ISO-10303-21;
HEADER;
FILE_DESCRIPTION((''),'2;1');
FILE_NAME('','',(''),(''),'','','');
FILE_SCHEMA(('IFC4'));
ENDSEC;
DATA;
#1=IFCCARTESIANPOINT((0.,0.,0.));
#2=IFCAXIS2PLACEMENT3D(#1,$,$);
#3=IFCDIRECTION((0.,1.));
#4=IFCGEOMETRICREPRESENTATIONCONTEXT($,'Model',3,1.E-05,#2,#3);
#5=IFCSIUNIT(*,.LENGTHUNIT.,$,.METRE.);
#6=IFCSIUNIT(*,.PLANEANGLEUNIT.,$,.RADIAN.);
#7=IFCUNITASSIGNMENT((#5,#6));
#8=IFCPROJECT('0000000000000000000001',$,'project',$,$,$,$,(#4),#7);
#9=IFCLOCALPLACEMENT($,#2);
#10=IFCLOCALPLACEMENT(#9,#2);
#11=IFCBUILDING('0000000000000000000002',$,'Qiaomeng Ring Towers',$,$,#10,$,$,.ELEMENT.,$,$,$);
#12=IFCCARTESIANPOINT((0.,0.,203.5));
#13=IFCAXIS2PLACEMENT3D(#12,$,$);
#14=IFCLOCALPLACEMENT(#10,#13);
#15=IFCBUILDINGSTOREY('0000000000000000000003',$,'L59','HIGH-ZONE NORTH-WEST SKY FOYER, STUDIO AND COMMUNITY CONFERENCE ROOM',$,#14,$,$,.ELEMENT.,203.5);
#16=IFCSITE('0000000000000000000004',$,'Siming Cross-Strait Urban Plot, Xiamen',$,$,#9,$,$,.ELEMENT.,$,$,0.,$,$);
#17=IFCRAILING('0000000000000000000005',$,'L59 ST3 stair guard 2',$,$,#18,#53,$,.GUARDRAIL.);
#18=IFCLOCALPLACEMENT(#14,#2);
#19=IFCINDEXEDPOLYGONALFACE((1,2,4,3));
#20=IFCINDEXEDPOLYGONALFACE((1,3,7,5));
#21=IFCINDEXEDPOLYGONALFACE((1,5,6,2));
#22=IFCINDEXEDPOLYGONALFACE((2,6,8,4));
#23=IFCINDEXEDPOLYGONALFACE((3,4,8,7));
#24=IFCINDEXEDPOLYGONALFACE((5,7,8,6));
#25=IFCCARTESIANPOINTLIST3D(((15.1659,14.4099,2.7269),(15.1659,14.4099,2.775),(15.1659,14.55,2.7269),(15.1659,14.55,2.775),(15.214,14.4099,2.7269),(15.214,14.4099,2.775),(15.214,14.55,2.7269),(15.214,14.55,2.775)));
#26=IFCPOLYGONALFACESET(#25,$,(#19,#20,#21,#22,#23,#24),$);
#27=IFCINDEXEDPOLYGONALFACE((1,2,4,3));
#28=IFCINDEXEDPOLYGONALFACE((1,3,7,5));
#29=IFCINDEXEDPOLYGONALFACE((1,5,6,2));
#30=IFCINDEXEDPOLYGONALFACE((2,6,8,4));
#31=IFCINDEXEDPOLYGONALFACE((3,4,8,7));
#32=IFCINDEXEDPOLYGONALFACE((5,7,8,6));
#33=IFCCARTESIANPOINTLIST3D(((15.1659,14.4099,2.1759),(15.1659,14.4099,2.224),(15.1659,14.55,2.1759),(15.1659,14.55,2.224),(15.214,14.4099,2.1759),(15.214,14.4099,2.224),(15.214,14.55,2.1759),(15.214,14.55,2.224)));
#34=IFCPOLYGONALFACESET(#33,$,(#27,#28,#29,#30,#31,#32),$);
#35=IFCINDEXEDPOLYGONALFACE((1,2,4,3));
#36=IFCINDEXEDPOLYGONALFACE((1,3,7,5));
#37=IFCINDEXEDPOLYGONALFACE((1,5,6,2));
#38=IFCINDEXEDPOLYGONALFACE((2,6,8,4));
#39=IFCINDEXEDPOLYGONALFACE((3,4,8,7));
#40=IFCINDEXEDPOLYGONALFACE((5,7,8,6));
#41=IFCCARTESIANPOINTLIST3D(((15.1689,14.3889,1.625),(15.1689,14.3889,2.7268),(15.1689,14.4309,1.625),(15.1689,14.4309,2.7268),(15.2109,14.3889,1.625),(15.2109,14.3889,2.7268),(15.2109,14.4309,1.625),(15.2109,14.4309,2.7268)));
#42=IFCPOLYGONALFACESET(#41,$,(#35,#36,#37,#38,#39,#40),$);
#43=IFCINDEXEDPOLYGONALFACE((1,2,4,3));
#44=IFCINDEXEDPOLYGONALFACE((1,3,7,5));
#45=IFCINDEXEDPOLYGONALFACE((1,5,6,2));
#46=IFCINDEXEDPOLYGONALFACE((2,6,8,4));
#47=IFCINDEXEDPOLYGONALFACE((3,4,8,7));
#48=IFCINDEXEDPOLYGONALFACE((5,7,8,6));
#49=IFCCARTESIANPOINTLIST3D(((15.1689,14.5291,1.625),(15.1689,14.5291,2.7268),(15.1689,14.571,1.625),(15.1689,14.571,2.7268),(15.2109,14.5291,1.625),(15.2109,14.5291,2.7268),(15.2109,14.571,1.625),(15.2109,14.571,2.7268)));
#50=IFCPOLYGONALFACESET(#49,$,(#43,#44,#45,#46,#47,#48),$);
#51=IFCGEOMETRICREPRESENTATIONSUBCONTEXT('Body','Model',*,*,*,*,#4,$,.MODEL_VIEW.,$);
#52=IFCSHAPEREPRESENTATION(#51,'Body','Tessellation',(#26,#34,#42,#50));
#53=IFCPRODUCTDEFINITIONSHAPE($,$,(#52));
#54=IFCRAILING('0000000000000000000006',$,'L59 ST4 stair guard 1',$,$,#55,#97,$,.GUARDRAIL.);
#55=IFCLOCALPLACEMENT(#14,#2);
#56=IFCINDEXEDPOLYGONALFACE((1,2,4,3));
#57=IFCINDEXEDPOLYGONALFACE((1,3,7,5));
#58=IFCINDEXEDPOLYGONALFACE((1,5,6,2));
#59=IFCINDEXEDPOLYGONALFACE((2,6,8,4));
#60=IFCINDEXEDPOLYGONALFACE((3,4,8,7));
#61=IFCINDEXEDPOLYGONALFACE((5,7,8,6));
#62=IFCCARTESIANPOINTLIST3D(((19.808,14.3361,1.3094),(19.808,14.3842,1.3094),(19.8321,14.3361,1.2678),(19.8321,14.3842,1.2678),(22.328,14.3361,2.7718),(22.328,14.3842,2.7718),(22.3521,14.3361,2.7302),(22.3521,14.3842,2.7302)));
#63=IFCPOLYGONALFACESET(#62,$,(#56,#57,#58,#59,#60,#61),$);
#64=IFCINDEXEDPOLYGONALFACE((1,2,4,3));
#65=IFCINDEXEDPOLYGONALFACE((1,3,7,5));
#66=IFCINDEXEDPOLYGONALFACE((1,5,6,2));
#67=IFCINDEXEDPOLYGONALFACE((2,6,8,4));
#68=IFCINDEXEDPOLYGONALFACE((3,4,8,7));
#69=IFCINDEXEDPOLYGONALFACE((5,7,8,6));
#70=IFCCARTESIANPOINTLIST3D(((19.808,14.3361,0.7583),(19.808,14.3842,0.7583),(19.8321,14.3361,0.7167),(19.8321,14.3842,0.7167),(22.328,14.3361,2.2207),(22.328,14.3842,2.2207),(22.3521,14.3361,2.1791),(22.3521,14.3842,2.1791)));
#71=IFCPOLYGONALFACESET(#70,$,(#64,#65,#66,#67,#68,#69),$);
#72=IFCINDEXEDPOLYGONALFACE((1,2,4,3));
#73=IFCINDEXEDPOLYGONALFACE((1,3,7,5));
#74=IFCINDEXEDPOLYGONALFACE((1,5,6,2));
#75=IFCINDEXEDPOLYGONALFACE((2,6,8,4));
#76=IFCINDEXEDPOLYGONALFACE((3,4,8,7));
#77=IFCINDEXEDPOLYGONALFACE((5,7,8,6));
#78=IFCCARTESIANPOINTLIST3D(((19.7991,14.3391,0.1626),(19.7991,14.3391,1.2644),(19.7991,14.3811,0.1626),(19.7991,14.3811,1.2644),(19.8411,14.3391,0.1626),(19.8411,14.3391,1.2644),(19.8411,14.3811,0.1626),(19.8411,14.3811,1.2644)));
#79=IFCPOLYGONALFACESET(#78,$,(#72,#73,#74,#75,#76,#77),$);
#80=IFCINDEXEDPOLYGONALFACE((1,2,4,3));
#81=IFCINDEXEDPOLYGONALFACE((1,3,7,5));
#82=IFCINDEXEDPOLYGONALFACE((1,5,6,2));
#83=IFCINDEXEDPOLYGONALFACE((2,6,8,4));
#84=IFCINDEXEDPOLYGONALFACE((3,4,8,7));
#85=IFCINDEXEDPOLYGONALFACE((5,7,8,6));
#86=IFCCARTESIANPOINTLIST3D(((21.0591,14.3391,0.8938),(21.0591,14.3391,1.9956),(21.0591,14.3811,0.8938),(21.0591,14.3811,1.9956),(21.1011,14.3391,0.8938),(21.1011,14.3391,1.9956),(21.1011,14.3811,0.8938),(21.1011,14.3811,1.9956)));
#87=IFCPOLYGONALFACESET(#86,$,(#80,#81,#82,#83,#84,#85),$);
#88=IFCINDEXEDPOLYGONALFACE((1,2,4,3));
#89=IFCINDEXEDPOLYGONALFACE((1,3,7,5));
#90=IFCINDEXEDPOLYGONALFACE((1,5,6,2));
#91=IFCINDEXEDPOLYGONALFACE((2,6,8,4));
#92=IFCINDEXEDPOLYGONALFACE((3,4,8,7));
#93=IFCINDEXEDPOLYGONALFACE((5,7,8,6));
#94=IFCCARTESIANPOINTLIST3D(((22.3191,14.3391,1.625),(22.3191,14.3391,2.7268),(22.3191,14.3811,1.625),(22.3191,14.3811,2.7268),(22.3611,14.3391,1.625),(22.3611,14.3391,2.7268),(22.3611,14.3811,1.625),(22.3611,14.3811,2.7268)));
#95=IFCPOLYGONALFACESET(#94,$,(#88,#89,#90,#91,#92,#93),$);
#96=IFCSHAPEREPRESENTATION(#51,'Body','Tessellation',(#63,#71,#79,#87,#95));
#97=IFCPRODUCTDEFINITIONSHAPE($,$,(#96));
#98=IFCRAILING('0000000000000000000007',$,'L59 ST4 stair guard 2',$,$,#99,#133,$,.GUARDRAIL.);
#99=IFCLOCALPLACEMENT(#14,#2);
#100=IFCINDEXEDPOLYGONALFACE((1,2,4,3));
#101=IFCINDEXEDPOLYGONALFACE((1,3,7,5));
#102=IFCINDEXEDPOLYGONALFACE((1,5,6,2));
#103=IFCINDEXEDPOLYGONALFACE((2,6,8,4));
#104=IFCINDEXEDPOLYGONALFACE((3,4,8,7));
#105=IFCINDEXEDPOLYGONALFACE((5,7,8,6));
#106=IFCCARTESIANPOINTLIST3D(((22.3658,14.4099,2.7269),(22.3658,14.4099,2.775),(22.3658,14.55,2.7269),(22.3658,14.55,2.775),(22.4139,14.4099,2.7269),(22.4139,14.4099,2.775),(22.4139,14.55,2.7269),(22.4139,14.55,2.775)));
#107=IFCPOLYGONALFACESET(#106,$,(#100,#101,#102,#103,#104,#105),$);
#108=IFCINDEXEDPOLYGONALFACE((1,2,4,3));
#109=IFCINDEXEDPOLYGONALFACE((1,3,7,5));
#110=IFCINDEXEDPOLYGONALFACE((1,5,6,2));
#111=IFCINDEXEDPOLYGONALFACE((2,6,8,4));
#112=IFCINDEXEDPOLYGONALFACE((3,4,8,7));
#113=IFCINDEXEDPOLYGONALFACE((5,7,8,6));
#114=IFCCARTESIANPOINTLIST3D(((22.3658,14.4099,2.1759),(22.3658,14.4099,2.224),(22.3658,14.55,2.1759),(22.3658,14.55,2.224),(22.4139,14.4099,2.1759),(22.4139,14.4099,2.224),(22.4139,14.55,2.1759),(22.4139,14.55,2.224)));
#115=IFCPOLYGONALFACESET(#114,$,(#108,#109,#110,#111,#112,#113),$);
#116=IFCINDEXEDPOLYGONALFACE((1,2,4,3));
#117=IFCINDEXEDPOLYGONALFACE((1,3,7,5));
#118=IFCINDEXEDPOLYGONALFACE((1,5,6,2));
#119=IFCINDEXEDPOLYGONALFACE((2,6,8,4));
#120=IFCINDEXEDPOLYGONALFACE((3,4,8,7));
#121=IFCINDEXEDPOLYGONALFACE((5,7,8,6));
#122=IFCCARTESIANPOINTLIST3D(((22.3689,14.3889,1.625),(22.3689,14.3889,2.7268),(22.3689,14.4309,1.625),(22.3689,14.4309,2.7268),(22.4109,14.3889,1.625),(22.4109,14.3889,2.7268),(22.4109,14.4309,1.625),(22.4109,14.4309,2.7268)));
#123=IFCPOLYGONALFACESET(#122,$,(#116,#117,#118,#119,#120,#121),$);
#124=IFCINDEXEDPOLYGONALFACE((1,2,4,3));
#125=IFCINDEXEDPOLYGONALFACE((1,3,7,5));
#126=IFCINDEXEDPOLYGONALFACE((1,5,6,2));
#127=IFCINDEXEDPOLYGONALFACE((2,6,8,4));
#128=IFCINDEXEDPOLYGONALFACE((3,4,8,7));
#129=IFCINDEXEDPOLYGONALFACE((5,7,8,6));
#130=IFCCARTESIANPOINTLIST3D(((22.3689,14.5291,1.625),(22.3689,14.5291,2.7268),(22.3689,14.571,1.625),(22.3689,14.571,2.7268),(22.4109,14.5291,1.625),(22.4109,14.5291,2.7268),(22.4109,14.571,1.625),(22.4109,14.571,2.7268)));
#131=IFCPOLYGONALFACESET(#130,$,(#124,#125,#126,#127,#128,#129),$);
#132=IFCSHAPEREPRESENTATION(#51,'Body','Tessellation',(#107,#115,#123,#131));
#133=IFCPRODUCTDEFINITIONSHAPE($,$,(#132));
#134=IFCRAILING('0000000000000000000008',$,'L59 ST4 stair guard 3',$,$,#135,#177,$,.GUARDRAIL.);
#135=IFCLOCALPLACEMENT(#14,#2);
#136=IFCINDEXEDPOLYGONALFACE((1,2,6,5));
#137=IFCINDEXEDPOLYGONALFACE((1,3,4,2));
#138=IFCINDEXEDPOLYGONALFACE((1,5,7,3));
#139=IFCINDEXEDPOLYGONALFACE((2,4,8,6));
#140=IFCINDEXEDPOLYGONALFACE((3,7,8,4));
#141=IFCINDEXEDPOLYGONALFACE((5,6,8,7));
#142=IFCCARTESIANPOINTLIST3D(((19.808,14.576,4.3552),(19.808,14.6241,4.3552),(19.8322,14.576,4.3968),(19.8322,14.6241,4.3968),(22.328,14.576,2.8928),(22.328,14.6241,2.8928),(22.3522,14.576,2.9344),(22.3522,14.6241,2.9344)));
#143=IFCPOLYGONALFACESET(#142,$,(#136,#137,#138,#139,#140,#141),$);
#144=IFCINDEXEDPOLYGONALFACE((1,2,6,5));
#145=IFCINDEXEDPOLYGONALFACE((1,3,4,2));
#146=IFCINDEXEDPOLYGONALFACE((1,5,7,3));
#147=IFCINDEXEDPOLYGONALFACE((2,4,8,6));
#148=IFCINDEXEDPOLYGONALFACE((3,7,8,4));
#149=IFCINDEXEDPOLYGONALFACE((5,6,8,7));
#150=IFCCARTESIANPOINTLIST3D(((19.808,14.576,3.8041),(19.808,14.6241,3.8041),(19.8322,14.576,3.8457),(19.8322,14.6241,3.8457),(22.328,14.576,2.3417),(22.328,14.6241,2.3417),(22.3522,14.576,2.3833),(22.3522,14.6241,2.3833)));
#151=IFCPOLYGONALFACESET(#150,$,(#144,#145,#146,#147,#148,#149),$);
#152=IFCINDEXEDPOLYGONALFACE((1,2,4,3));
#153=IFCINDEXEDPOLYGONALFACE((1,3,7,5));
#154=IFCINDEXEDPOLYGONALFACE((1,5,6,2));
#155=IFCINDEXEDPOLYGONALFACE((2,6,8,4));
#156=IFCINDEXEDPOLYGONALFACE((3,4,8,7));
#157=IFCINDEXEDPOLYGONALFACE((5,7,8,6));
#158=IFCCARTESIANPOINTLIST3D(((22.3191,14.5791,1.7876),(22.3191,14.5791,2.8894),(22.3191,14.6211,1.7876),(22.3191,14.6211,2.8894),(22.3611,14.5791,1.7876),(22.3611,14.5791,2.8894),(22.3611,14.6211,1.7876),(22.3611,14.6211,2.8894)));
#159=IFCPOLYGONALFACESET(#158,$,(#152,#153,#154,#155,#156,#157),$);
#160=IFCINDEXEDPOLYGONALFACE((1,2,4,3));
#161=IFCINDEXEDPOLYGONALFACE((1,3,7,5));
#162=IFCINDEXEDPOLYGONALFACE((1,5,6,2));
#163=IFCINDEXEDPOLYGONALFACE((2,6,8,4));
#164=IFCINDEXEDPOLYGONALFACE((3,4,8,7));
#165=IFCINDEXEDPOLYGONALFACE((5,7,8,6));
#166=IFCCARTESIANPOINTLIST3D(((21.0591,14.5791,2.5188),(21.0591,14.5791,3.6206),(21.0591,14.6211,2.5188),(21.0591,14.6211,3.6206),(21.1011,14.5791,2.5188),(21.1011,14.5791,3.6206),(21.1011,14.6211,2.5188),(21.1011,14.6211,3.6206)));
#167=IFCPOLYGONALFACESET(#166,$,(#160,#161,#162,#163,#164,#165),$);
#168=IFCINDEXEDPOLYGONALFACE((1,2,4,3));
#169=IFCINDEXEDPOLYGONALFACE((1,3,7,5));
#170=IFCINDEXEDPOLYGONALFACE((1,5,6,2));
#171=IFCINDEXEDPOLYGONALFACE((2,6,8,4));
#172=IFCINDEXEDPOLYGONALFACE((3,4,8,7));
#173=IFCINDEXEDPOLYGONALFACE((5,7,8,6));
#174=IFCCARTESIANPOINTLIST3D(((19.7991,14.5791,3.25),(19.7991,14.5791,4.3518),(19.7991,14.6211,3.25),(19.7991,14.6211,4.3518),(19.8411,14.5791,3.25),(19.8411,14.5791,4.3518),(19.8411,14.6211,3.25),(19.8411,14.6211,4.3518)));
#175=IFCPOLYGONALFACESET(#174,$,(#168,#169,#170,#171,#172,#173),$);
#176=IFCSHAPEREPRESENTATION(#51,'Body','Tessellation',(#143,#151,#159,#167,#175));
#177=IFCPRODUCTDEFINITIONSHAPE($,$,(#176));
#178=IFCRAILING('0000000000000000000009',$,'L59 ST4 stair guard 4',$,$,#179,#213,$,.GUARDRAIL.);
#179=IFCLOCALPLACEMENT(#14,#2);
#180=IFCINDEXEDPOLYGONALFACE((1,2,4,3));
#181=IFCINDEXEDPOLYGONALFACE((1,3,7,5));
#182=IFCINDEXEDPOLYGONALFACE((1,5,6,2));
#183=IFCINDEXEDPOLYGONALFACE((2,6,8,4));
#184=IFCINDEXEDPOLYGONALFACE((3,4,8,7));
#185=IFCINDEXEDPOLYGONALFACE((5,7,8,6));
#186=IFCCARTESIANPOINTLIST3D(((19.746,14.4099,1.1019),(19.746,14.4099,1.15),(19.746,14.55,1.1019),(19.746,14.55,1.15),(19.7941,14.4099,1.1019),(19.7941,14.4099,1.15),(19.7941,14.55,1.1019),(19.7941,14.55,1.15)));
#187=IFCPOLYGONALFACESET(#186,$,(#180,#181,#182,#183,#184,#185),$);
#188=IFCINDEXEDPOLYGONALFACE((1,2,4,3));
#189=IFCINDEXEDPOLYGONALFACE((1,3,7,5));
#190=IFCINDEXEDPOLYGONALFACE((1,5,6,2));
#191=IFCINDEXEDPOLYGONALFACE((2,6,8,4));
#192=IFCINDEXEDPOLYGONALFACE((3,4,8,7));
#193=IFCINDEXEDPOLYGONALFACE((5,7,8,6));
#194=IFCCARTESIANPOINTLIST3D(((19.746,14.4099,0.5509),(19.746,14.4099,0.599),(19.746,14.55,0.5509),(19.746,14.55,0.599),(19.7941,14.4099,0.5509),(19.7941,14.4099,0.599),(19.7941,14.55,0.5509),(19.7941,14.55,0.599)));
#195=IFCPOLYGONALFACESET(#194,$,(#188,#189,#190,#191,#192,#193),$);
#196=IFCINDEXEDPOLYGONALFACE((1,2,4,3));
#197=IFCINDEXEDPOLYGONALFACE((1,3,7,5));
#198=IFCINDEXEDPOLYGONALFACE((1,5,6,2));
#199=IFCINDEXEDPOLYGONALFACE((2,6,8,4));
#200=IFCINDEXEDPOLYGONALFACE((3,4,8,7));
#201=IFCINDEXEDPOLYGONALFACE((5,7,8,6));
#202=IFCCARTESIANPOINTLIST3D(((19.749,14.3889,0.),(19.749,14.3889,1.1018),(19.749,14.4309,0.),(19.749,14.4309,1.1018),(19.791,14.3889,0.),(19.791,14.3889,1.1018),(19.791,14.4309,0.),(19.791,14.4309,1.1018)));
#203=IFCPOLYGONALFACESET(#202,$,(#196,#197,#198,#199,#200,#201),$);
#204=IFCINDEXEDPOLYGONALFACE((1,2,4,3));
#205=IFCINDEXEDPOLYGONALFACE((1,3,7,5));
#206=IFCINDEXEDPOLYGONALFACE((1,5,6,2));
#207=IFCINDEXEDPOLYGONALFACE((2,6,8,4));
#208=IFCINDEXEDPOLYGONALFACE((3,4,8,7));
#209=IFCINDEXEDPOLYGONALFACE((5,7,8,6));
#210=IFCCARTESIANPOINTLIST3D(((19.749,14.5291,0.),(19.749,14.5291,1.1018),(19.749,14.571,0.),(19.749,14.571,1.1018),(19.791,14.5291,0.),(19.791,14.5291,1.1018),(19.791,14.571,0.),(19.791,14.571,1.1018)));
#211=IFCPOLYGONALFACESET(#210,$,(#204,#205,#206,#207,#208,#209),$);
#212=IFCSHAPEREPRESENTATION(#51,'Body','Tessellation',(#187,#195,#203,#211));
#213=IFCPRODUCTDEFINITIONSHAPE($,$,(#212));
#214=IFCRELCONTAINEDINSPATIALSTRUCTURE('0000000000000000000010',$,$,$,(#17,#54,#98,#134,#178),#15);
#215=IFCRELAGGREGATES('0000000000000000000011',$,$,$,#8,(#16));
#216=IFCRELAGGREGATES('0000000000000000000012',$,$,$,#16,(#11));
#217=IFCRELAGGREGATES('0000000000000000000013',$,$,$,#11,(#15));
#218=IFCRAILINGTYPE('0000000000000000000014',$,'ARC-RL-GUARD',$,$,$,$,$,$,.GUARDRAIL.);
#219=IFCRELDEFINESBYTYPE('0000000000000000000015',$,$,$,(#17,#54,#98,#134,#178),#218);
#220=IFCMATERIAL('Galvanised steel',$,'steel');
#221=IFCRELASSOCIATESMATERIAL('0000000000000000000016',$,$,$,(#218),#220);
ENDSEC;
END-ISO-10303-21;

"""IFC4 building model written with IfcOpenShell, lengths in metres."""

from ifc_helpers import new_model, si_unit, direction, frame, origin, origin_2d, place, context, subcontext, project, spatial, rectangle, extrude, material, type_object, element, save


model = new_model("IFC4")

# Units and contexts
model_context = context("Model", 3, precision=1e-05, world=origin(), true_north=direction((0.0, 1.0)))
body_context = subcontext(model_context, "Body", "Model", "MODEL_VIEW")
ifc_project = project(units=[si_unit("LENGTHUNIT", "METRE"), si_unit("PLANEANGLEUNIT", "RADIAN")], contexts=[model_context])

# Site, building, storey
site_placement = place(None, origin())
site = spatial("IfcSite", under=ifc_project, at=site_placement, Name="Siming Cross-Strait Urban Plot, Xiamen", CompositionType="ELEMENT", RefElevation=0.0)
building_placement = place(site_placement, origin())
building = spatial("IfcBuilding", under=site, at=building_placement, Name="Qiaomeng Ring Towers", CompositionType="ELEMENT")
storey_placement = place(building_placement, frame((0.0, 0.0, 203.5)))
storey = spatial("IfcBuildingStorey", under=building, at=storey_placement, Name="L59", Description="HIGH-ZONE NORTH-WEST SKY FOYER, STUDIO AND COMMUNITY CONFERENCE ROOM", CompositionType="ELEMENT", Elevation=203.5)

# Shared definitions
ifc_material_1 = material(Name="Galvanised steel", Category="steel")

# Railings
railing_type_1 = type_object("IfcRailingType", Name="ARC-RL-GUARD", PredefinedType="GUARDRAIL", material=ifc_material_1)
railing_1_placement = place(storey_placement, frame((15.1899, 14.4099, 1.625)))
element("IfcRailing", 1, at=railing_1_placement, inside=storey, type_object=railing_type_1, Name="L59 ST3 stair guard 2", PredefinedType="GUARDRAIL", context=body_context, shape_type="SweptSolid", body=[
    extrude(rectangle(XDim=0.0481, YDim=0.0481, at=origin_2d()), frame((0.0, 0.0, 1.126), z_axis=(0.0, 1.0, 0.0), x_axis=(-1.0, 0.0, 0.0)), (0.0, 0.0, 1.0), 0.1401),
    extrude(rectangle(XDim=0.0481, YDim=0.0481, at=origin_2d()), frame((0.0, 0.0, 0.575), z_axis=(0.0, 1.0, 0.0), x_axis=(-1.0, 0.0, 0.0)), (0.0, 0.0, 1.0), 0.1401),
    extrude(rectangle(XDim=0.042, YDim=0.042, at=origin_2d()), origin(), (0.0, 0.0, 1.0), 1.1018),
    extrude(rectangle(XDim=0.042, YDim=0.042, at=origin_2d()), frame((0.0, 0.1401, 0.0)), (0.0, 0.0, 1.0), 1.1018),
])
railing_2_placement = place(storey_placement, frame((19.8201, 14.3601, 0.1626)))
element("IfcRailing", 2, at=railing_2_placement, inside=storey, type_object=railing_type_1, Name="L59 ST4 stair guard 1", PredefinedType="GUARDRAIL", context=body_context, shape_type="SweptSolid", body=[
    extrude(rectangle(XDim=0.0481, YDim=0.0481, at=origin_2d()), frame((0.0, 0.0, 1.126), z_axis=(0.864913, 0.0, 0.501921), x_axis=(0.0, 1.0, 0.0)), (0.0, 0.0, 1.0), 2.9136),
    extrude(rectangle(XDim=0.0481, YDim=0.0481, at=origin_2d()), frame((0.0, 0.0, 0.575), z_axis=(0.864913, 0.0, 0.501921), x_axis=(0.0, 1.0, 0.0)), (0.0, 0.0, 1.0), 2.9136),
    extrude(rectangle(XDim=0.042, YDim=0.042, at=origin_2d()), origin(), (0.0, 0.0, 1.0), 1.1018),
    extrude(rectangle(XDim=0.042, YDim=0.042, at=origin_2d()), frame((1.26, 0.0, 0.7312)), (0.0, 0.0, 1.0), 1.1018),
    extrude(rectangle(XDim=0.042, YDim=0.042, at=origin_2d()), frame((2.52, 0.0, 1.4624)), (0.0, 0.0, 1.0), 1.1018),
])
railing_3_placement = place(storey_placement, frame((22.3899, 14.4099, 1.625)))
element("IfcRailing", 3, at=railing_3_placement, inside=storey, type_object=railing_type_1, Name="L59 ST4 stair guard 2", PredefinedType="GUARDRAIL", context=body_context, shape_type="SweptSolid", body=[
    extrude(rectangle(XDim=0.0481, YDim=0.0481, at=origin_2d()), frame((0.0, 0.0, 1.126), z_axis=(0.0, 1.0, 0.0), x_axis=(-1.0, 0.0, 0.0)), (0.0, 0.0, 1.0), 0.1401),
    extrude(rectangle(XDim=0.0481, YDim=0.0481, at=origin_2d()), frame((0.0, 0.0, 0.575), z_axis=(0.0, 1.0, 0.0), x_axis=(-1.0, 0.0, 0.0)), (0.0, 0.0, 1.0), 0.1401),
    extrude(rectangle(XDim=0.042, YDim=0.042, at=origin_2d()), origin(), (0.0, 0.0, 1.0), 1.1018),
    extrude(rectangle(XDim=0.042, YDim=0.042, at=origin_2d()), frame((0.0, 0.1401, 0.0)), (0.0, 0.0, 1.0), 1.1018),
])
railing_4_placement = place(storey_placement, frame((22.3401, 14.6001, 1.7876)))
element("IfcRailing", 4, at=railing_4_placement, inside=storey, type_object=railing_type_1, Name="L59 ST4 stair guard 3", PredefinedType="GUARDRAIL", context=body_context, shape_type="SweptSolid", body=[
    extrude(rectangle(XDim=0.0481, YDim=0.0481, at=origin_2d()), frame((0.0, 0.0, 1.126), z_axis=(-0.864913, 0.0, 0.501921), x_axis=(0.0, -1.0, 0.0)), (0.0, 0.0, 1.0), 2.9136),
    extrude(rectangle(XDim=0.0481, YDim=0.0481, at=origin_2d()), frame((0.0, 0.0, 0.575), z_axis=(-0.864913, 0.0, 0.501921), x_axis=(0.0, -1.0, 0.0)), (0.0, 0.0, 1.0), 2.9136),
    extrude(rectangle(XDim=0.042, YDim=0.042, at=origin_2d()), origin(), (0.0, 0.0, 1.0), 1.1018),
    extrude(rectangle(XDim=0.042, YDim=0.042, at=origin_2d()), frame((-1.26, 0.0, 0.7312)), (0.0, 0.0, 1.0), 1.1018),
    extrude(rectangle(XDim=0.042, YDim=0.042, at=origin_2d()), frame((-2.52, 0.0, 1.4624)), (0.0, 0.0, 1.0), 1.1018),
])
railing_5_placement = place(storey_placement, frame((19.77, 14.4099, 0.0)))
element("IfcRailing", 5, at=railing_5_placement, inside=storey, type_object=railing_type_1, Name="L59 ST4 stair guard 4", PredefinedType="GUARDRAIL", context=body_context, shape_type="SweptSolid", body=[
    extrude(rectangle(XDim=0.0481, YDim=0.0481, at=origin_2d()), frame((0.0, 0.0, 1.126), z_axis=(0.0, 1.0, 0.0), x_axis=(-1.0, 0.0, 0.0)), (0.0, 0.0, 1.0), 0.1401),
    extrude(rectangle(XDim=0.0481, YDim=0.0481, at=origin_2d()), frame((0.0, 0.0, 0.575), z_axis=(0.0, 1.0, 0.0), x_axis=(-1.0, 0.0, 0.0)), (0.0, 0.0, 1.0), 0.1401),
    extrude(rectangle(XDim=0.042, YDim=0.042, at=origin_2d()), origin(), (0.0, 0.0, 1.0), 1.1018),
    extrude(rectangle(XDim=0.042, YDim=0.042, at=origin_2d()), frame((0.0, 0.1401, 0.0)), (0.0, 0.0, 1.0), 1.1018),
])

save(model, "model.ifc")
